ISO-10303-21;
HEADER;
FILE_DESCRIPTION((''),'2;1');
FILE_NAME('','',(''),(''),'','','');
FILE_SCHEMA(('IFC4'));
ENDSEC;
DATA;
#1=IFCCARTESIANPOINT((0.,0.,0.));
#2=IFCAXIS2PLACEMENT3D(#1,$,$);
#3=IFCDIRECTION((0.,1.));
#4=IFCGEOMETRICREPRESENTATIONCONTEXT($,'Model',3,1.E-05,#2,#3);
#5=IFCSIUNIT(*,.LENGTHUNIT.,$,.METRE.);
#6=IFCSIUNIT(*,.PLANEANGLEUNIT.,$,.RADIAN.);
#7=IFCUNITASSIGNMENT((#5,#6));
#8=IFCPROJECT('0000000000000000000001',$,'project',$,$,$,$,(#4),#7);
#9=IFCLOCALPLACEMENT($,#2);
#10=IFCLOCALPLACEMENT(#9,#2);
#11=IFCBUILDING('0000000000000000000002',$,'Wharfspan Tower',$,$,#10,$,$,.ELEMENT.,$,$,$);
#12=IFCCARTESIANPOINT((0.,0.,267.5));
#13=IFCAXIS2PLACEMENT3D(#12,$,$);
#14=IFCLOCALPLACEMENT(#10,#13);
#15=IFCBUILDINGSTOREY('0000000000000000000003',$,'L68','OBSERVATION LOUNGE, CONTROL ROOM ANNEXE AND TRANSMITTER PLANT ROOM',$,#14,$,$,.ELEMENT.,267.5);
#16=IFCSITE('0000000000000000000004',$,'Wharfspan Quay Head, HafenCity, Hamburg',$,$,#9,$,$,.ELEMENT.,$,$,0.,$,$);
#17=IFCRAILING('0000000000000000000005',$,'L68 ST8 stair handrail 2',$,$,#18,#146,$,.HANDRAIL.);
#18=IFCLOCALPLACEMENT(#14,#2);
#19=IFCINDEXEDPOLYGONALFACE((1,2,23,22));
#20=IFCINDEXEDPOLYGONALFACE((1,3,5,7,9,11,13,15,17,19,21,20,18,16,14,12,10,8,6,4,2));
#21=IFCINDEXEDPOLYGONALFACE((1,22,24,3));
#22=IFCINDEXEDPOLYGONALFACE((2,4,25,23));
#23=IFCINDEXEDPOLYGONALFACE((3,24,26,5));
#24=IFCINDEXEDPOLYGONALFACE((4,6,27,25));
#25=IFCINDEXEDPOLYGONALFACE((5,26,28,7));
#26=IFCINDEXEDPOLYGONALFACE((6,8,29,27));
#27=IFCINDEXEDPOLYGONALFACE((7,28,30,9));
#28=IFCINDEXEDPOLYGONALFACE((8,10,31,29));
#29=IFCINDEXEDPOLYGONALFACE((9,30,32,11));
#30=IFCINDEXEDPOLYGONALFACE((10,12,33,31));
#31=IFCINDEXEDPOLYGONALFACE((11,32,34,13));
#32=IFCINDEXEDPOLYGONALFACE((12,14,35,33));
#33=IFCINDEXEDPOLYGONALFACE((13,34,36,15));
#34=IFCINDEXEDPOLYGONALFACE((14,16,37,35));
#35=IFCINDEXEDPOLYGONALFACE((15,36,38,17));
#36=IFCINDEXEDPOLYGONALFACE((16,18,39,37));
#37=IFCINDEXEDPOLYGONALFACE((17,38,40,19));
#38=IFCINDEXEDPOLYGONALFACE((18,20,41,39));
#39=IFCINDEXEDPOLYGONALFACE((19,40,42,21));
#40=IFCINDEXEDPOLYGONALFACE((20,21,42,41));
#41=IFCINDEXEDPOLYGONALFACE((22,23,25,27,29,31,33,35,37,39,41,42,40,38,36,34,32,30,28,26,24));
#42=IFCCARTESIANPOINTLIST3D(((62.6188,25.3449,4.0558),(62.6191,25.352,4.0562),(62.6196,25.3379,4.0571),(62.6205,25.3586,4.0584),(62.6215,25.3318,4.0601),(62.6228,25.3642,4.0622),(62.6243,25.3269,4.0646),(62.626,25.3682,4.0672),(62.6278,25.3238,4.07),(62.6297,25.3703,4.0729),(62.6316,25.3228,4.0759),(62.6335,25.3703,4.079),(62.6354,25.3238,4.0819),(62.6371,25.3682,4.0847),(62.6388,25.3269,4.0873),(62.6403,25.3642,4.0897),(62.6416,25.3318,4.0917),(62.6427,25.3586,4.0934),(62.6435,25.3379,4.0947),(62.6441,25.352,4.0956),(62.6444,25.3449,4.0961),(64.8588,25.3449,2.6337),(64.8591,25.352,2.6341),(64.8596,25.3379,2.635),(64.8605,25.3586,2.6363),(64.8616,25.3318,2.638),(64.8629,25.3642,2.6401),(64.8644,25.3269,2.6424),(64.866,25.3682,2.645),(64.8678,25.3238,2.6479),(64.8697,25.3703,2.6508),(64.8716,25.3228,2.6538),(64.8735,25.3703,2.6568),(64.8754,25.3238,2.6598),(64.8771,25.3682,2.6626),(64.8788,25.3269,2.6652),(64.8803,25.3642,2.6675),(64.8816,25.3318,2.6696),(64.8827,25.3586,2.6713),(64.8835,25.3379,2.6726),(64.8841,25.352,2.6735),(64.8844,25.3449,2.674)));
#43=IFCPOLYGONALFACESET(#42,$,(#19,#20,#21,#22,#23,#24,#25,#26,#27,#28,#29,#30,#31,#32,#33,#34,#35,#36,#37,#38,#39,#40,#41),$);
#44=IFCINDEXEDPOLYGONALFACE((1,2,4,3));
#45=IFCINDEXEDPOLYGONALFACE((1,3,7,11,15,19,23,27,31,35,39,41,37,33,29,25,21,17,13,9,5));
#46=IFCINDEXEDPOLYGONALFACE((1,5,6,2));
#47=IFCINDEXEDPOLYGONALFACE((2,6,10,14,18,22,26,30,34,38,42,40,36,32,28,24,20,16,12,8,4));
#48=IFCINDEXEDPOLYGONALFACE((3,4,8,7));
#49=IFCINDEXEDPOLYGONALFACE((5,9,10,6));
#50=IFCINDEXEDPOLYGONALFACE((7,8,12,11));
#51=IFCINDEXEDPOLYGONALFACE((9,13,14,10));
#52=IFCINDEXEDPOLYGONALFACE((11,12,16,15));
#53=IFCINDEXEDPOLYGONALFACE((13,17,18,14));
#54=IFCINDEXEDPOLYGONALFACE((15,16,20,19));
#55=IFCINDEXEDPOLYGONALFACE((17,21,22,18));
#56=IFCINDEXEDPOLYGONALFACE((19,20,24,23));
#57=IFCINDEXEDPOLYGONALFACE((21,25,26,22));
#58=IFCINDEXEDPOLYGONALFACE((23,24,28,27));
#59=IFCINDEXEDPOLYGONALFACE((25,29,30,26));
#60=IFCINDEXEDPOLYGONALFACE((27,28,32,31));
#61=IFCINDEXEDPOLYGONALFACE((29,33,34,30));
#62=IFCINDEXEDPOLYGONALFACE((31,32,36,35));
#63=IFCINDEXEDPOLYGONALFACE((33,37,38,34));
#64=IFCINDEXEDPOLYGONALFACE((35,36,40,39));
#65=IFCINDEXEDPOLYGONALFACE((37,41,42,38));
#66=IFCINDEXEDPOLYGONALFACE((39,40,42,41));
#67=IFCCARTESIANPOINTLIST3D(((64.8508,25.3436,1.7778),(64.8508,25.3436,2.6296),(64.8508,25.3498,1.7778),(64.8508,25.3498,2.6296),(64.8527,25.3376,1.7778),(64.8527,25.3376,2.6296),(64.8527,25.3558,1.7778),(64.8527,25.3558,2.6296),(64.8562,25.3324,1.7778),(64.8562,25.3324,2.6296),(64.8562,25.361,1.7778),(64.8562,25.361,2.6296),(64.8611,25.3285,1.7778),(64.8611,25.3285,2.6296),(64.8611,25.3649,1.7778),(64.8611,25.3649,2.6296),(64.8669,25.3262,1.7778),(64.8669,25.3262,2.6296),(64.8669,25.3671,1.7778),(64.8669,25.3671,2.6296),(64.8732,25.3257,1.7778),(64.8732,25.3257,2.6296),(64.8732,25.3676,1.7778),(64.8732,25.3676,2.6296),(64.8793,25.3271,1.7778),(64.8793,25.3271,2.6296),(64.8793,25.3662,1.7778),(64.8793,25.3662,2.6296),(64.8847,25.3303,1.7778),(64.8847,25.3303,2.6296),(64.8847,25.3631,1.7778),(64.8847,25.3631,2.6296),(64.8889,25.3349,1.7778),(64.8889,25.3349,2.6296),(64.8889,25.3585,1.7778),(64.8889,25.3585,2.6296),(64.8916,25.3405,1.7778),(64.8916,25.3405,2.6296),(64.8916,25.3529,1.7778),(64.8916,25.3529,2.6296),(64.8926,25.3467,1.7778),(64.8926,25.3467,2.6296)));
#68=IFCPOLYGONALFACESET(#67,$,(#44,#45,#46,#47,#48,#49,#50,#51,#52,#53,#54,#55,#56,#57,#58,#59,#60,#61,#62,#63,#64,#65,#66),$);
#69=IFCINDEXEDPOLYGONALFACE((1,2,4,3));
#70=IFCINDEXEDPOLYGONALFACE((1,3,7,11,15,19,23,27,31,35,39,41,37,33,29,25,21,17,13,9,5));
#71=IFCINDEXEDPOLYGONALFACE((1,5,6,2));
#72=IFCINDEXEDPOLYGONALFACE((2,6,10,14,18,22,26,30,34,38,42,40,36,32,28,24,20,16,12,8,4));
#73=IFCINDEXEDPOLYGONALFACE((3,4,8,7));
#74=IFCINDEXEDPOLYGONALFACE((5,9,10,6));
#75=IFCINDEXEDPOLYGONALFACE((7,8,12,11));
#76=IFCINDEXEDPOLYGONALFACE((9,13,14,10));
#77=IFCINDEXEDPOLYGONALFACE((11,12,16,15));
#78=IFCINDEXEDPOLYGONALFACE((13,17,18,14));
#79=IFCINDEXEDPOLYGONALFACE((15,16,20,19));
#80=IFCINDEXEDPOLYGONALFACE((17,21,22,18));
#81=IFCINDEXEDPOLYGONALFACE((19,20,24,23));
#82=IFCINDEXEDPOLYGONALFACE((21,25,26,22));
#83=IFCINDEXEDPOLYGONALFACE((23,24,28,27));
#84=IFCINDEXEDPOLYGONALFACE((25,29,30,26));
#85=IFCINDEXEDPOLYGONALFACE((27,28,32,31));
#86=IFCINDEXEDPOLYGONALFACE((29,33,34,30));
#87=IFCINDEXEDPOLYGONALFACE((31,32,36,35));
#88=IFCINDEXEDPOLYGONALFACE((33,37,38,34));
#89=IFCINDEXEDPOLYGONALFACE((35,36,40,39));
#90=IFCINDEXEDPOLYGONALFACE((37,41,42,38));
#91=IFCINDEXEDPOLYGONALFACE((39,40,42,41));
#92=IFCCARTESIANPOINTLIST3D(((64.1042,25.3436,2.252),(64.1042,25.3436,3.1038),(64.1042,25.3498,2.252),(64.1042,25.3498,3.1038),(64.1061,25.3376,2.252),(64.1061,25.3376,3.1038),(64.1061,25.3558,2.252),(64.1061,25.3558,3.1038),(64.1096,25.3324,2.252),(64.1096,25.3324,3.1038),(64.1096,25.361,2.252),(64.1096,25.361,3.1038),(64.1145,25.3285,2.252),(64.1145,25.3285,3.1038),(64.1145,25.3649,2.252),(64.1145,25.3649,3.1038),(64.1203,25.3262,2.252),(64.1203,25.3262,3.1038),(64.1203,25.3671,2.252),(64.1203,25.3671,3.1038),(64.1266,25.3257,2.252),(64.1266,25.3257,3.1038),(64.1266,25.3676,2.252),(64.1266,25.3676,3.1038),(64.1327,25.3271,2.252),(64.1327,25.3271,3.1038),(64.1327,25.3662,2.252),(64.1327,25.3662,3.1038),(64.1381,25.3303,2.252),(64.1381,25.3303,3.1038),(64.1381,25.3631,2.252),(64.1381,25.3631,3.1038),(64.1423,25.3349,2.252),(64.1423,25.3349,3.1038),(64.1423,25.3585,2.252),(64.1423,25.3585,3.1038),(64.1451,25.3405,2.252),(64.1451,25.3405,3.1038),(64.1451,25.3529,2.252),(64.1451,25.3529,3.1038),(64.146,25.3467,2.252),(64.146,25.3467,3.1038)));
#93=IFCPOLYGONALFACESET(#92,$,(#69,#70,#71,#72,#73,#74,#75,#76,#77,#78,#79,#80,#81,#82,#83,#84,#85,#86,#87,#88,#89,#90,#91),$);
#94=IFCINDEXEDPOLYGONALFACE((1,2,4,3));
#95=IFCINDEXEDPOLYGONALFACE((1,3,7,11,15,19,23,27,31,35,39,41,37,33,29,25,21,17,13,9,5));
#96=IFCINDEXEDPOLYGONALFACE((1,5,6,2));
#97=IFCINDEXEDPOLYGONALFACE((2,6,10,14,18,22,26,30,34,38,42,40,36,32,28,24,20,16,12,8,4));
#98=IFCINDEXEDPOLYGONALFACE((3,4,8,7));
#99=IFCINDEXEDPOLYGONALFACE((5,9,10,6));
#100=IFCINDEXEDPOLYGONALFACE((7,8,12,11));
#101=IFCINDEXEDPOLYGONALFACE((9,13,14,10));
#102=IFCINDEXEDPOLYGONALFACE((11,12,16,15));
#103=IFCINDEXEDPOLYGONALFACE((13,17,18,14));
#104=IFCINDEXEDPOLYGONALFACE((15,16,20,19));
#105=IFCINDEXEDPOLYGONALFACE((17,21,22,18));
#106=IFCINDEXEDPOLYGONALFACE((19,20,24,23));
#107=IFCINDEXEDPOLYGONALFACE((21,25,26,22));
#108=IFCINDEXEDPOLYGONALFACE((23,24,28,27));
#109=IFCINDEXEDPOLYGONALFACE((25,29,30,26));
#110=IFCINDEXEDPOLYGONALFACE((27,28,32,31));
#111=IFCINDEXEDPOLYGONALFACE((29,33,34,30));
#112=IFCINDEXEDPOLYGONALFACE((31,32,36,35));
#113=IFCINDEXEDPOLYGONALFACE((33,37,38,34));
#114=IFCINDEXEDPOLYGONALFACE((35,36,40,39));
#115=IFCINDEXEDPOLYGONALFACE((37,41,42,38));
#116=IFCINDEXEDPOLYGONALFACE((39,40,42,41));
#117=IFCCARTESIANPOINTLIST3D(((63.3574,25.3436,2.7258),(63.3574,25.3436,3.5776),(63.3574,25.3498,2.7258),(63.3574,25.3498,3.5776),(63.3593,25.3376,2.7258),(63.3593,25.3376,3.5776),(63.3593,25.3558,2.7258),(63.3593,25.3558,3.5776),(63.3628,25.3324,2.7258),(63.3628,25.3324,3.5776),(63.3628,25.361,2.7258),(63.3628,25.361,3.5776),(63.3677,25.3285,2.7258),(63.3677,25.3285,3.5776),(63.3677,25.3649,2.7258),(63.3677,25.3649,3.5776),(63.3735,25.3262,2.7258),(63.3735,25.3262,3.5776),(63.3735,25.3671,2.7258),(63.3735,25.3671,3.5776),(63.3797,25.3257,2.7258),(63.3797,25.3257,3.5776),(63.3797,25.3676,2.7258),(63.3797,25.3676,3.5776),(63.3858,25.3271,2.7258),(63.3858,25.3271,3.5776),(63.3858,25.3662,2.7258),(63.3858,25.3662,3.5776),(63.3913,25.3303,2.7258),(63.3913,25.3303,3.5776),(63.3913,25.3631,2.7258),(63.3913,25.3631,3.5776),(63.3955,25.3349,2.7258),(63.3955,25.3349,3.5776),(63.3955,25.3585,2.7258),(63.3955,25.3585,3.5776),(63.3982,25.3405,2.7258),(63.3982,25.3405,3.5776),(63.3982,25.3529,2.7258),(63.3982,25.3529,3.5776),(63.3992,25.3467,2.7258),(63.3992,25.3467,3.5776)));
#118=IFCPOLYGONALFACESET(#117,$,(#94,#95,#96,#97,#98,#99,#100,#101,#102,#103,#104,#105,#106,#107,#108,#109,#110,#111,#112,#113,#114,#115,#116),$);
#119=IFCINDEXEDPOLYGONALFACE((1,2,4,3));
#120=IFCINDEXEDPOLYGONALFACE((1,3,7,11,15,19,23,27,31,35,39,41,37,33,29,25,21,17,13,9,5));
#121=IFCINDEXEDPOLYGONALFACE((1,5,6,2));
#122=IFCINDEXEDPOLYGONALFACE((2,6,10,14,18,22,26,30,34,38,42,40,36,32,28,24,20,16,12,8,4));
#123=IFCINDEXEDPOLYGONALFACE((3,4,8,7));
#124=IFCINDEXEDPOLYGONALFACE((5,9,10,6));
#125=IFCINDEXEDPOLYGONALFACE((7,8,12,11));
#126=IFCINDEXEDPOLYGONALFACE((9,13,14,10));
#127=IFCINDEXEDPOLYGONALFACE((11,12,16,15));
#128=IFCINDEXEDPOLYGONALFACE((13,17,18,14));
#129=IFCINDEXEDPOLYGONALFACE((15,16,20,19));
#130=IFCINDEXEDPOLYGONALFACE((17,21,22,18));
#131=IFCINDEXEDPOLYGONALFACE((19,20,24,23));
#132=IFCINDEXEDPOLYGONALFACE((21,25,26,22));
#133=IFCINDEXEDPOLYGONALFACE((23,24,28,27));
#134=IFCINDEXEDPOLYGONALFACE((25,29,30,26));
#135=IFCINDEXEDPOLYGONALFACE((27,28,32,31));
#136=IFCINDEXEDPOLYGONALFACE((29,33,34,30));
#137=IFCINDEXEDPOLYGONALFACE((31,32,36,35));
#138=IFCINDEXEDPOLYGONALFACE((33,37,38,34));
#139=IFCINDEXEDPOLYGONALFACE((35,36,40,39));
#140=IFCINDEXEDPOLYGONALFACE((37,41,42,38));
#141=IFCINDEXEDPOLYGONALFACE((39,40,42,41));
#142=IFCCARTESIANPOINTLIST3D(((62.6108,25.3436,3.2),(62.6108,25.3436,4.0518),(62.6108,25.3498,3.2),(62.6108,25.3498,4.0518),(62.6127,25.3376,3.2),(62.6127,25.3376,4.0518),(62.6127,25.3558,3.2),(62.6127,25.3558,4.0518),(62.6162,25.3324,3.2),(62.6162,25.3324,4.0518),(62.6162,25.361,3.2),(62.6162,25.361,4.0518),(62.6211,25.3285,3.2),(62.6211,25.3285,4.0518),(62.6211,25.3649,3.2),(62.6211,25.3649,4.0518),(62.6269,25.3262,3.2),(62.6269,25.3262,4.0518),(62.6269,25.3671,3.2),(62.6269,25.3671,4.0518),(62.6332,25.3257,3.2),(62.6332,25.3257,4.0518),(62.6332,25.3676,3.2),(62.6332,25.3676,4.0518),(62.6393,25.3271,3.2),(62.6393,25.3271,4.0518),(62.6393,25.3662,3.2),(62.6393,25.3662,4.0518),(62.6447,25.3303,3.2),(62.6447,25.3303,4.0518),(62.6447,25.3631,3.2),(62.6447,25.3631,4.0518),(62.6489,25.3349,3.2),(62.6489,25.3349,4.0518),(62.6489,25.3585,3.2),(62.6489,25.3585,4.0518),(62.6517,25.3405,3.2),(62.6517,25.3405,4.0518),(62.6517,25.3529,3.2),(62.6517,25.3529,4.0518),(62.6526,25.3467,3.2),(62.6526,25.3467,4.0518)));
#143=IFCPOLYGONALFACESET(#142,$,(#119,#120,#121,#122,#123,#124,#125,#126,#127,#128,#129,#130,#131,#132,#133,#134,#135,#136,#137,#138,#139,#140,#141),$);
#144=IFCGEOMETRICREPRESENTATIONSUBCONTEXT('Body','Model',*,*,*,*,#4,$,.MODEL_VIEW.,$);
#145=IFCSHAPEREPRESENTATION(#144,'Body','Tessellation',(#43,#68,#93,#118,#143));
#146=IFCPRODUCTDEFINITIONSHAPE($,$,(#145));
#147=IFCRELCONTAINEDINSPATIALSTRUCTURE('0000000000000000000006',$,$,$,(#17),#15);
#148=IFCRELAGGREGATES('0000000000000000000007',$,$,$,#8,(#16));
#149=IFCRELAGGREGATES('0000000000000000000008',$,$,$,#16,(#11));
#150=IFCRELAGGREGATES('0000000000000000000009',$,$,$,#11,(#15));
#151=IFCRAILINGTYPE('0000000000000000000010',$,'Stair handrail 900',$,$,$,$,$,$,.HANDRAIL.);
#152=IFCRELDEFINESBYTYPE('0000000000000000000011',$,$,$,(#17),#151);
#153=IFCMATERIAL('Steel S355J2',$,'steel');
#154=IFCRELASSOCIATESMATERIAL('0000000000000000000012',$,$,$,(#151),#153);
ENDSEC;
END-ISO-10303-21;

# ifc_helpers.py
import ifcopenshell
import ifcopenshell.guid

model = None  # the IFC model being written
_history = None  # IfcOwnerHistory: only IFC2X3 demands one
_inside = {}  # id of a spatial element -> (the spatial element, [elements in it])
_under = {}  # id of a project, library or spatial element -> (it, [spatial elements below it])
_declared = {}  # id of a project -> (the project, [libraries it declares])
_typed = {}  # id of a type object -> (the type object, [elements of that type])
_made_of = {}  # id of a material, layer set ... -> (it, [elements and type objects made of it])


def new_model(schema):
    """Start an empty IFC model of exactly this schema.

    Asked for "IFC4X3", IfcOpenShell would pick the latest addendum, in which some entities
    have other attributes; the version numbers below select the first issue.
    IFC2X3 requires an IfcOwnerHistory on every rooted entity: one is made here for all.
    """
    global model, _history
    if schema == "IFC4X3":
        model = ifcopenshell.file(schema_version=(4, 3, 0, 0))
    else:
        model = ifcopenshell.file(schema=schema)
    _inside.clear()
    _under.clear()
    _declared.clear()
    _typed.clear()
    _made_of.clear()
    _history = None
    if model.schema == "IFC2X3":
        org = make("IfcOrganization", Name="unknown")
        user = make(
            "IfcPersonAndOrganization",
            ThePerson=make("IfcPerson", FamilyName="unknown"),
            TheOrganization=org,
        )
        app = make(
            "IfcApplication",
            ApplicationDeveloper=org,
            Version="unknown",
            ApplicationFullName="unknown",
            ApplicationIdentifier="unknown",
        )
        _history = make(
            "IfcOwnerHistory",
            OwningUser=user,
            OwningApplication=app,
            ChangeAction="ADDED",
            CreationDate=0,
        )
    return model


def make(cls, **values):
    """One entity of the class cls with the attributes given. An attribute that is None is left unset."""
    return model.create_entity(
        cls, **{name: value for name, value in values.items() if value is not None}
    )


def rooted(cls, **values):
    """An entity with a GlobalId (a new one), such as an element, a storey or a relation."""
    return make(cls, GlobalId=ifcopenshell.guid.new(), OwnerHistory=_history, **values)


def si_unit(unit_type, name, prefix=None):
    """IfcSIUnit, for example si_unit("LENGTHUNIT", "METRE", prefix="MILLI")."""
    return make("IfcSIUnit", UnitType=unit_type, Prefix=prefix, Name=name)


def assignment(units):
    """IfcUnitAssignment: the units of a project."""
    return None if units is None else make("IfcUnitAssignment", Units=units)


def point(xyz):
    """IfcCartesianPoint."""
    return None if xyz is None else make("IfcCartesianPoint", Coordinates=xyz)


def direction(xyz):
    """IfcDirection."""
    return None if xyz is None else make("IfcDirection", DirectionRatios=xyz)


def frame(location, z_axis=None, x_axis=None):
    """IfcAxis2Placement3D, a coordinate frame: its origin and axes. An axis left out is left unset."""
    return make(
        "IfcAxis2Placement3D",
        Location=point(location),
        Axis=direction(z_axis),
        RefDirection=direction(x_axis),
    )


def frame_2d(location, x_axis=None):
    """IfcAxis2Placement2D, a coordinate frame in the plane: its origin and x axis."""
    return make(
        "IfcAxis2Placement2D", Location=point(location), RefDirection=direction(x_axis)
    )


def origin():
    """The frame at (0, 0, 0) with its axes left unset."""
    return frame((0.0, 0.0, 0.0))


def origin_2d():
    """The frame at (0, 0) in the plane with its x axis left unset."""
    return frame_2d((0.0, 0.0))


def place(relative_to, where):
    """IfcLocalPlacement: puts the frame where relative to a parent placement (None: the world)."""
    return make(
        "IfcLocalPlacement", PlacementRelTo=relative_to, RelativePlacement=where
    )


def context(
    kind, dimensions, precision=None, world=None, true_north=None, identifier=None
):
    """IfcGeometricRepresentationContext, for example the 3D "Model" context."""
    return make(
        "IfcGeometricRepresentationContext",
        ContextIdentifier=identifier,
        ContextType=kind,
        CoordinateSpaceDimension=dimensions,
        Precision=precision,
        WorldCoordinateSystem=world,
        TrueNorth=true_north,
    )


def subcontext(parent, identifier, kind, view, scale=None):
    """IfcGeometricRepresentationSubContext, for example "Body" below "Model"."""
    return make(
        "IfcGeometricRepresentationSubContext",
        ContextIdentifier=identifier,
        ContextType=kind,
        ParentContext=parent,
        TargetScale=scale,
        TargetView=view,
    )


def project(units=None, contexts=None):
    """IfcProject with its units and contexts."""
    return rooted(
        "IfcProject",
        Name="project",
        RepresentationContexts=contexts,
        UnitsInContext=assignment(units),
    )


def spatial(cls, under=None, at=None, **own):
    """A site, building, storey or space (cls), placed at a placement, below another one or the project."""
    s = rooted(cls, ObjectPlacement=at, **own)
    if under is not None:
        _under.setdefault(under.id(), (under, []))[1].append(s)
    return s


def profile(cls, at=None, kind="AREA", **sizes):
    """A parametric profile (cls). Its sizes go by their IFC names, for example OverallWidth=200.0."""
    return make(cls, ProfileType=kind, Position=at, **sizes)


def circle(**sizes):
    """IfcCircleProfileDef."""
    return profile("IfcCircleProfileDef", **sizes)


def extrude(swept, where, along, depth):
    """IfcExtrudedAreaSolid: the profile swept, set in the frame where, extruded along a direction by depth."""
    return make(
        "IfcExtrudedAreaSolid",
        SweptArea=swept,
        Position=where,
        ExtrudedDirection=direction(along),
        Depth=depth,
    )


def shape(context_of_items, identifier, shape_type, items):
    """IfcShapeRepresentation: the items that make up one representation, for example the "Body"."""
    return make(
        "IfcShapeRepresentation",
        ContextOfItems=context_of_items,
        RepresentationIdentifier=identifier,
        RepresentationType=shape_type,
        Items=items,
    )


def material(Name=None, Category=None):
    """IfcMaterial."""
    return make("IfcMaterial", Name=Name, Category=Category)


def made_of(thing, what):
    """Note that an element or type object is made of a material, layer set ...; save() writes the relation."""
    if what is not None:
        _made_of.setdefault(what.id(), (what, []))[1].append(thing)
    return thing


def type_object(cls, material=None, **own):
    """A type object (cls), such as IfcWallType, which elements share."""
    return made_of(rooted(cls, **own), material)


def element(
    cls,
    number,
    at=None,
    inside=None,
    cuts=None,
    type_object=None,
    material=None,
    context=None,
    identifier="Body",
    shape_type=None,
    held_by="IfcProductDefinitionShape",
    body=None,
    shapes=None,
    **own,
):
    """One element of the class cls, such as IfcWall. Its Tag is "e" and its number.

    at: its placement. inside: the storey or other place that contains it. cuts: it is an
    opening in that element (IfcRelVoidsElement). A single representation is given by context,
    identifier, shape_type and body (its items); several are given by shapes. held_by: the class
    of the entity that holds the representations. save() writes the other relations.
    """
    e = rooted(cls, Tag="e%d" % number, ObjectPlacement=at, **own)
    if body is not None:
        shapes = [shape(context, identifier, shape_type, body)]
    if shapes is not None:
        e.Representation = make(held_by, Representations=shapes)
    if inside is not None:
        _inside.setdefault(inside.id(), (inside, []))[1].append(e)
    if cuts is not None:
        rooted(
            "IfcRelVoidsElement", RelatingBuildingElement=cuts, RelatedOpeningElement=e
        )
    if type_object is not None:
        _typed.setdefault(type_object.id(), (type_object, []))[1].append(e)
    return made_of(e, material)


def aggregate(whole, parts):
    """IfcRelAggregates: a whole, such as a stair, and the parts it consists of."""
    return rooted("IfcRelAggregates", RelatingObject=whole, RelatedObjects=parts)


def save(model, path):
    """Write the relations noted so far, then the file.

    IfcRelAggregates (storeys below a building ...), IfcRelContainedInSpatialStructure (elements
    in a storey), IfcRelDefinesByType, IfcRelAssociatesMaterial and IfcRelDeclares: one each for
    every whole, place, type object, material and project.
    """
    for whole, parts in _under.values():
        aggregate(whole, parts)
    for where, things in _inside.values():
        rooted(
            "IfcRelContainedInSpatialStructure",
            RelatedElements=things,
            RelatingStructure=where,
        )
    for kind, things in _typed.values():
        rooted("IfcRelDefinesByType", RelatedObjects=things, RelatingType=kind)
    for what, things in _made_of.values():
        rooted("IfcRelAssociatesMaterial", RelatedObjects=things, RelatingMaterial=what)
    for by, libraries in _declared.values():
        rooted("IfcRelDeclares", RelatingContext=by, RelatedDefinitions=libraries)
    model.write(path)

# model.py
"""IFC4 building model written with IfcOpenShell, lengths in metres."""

from ifc_helpers import new_model, si_unit, direction, frame, origin, origin_2d, place, context, subcontext, project, spatial, circle, extrude, material, type_object, element, save


model = new_model("IFC4")

# Units and contexts
model_context = context("Model", 3, precision=1e-05, world=origin(), true_north=direction((0.0, 1.0)))
body_context = subcontext(model_context, "Body", "Model", "MODEL_VIEW")
ifc_project = project(units=[si_unit("LENGTHUNIT", "METRE"), si_unit("PLANEANGLEUNIT", "RADIAN")], contexts=[model_context])

# Site, building, storey
site_placement = place(None, origin())
site = spatial("IfcSite", under=ifc_project, at=site_placement, Name="Wharfspan Quay Head, HafenCity, Hamburg", CompositionType="ELEMENT", RefElevation=0.0)
building_placement = place(site_placement, origin())
building = spatial("IfcBuilding", under=site, at=building_placement, Name="Wharfspan Tower", CompositionType="ELEMENT")
storey_placement = place(building_placement, frame((0.0, 0.0, 267.5)))
storey = spatial("IfcBuildingStorey", under=building, at=storey_placement, Name="L68", Description="OBSERVATION LOUNGE, CONTROL ROOM ANNEXE AND TRANSMITTER PLANT ROOM", CompositionType="ELEMENT", Elevation=267.5)

# Shared definitions
ifc_material_1 = material(Name="Steel S355J2", Category="steel")

# Railing
railing_type_1 = type_object("IfcRailingType", Name="Stair handrail 900", PredefinedType="HANDRAIL", material=ifc_material_1)
railing_1_placement = place(storey_placement, frame((64.8716, 25.3467, 1.7778)))
element("IfcRailing", 1, at=railing_1_placement, inside=storey, type_object=railing_type_1, Name="L68 ST8 stair handrail 2", PredefinedType="HANDRAIL", context=body_context, shape_type="SweptSolid", body=[
    extrude(circle(Radius=0.0239, at=origin_2d()), frame((0.0, 0.0, 0.876), z_axis=(-0.844229, 0.0, 0.535982), x_axis=(0.0, -1.0, 0.0)), (0.0, 0.0, 1.0), 2.6533),
    extrude(circle(Radius=0.021, at=origin_2d()), origin(), (0.0, 0.0, 1.0), 0.8518),
    extrude(circle(Radius=0.021, at=origin_2d()), frame((-0.7466, 0.0, 0.4741)), (0.0, 0.0, 1.0), 0.8518),
    extrude(circle(Radius=0.021, at=origin_2d()), frame((-1.4934, 0.0, 0.948)), (0.0, 0.0, 1.0), 0.8518),
    extrude(circle(Radius=0.021, at=origin_2d()), frame((-2.24, 0.0, 1.4221)), (0.0, 0.0, 1.0), 0.8518),
])

save(model, "model.ifc")
